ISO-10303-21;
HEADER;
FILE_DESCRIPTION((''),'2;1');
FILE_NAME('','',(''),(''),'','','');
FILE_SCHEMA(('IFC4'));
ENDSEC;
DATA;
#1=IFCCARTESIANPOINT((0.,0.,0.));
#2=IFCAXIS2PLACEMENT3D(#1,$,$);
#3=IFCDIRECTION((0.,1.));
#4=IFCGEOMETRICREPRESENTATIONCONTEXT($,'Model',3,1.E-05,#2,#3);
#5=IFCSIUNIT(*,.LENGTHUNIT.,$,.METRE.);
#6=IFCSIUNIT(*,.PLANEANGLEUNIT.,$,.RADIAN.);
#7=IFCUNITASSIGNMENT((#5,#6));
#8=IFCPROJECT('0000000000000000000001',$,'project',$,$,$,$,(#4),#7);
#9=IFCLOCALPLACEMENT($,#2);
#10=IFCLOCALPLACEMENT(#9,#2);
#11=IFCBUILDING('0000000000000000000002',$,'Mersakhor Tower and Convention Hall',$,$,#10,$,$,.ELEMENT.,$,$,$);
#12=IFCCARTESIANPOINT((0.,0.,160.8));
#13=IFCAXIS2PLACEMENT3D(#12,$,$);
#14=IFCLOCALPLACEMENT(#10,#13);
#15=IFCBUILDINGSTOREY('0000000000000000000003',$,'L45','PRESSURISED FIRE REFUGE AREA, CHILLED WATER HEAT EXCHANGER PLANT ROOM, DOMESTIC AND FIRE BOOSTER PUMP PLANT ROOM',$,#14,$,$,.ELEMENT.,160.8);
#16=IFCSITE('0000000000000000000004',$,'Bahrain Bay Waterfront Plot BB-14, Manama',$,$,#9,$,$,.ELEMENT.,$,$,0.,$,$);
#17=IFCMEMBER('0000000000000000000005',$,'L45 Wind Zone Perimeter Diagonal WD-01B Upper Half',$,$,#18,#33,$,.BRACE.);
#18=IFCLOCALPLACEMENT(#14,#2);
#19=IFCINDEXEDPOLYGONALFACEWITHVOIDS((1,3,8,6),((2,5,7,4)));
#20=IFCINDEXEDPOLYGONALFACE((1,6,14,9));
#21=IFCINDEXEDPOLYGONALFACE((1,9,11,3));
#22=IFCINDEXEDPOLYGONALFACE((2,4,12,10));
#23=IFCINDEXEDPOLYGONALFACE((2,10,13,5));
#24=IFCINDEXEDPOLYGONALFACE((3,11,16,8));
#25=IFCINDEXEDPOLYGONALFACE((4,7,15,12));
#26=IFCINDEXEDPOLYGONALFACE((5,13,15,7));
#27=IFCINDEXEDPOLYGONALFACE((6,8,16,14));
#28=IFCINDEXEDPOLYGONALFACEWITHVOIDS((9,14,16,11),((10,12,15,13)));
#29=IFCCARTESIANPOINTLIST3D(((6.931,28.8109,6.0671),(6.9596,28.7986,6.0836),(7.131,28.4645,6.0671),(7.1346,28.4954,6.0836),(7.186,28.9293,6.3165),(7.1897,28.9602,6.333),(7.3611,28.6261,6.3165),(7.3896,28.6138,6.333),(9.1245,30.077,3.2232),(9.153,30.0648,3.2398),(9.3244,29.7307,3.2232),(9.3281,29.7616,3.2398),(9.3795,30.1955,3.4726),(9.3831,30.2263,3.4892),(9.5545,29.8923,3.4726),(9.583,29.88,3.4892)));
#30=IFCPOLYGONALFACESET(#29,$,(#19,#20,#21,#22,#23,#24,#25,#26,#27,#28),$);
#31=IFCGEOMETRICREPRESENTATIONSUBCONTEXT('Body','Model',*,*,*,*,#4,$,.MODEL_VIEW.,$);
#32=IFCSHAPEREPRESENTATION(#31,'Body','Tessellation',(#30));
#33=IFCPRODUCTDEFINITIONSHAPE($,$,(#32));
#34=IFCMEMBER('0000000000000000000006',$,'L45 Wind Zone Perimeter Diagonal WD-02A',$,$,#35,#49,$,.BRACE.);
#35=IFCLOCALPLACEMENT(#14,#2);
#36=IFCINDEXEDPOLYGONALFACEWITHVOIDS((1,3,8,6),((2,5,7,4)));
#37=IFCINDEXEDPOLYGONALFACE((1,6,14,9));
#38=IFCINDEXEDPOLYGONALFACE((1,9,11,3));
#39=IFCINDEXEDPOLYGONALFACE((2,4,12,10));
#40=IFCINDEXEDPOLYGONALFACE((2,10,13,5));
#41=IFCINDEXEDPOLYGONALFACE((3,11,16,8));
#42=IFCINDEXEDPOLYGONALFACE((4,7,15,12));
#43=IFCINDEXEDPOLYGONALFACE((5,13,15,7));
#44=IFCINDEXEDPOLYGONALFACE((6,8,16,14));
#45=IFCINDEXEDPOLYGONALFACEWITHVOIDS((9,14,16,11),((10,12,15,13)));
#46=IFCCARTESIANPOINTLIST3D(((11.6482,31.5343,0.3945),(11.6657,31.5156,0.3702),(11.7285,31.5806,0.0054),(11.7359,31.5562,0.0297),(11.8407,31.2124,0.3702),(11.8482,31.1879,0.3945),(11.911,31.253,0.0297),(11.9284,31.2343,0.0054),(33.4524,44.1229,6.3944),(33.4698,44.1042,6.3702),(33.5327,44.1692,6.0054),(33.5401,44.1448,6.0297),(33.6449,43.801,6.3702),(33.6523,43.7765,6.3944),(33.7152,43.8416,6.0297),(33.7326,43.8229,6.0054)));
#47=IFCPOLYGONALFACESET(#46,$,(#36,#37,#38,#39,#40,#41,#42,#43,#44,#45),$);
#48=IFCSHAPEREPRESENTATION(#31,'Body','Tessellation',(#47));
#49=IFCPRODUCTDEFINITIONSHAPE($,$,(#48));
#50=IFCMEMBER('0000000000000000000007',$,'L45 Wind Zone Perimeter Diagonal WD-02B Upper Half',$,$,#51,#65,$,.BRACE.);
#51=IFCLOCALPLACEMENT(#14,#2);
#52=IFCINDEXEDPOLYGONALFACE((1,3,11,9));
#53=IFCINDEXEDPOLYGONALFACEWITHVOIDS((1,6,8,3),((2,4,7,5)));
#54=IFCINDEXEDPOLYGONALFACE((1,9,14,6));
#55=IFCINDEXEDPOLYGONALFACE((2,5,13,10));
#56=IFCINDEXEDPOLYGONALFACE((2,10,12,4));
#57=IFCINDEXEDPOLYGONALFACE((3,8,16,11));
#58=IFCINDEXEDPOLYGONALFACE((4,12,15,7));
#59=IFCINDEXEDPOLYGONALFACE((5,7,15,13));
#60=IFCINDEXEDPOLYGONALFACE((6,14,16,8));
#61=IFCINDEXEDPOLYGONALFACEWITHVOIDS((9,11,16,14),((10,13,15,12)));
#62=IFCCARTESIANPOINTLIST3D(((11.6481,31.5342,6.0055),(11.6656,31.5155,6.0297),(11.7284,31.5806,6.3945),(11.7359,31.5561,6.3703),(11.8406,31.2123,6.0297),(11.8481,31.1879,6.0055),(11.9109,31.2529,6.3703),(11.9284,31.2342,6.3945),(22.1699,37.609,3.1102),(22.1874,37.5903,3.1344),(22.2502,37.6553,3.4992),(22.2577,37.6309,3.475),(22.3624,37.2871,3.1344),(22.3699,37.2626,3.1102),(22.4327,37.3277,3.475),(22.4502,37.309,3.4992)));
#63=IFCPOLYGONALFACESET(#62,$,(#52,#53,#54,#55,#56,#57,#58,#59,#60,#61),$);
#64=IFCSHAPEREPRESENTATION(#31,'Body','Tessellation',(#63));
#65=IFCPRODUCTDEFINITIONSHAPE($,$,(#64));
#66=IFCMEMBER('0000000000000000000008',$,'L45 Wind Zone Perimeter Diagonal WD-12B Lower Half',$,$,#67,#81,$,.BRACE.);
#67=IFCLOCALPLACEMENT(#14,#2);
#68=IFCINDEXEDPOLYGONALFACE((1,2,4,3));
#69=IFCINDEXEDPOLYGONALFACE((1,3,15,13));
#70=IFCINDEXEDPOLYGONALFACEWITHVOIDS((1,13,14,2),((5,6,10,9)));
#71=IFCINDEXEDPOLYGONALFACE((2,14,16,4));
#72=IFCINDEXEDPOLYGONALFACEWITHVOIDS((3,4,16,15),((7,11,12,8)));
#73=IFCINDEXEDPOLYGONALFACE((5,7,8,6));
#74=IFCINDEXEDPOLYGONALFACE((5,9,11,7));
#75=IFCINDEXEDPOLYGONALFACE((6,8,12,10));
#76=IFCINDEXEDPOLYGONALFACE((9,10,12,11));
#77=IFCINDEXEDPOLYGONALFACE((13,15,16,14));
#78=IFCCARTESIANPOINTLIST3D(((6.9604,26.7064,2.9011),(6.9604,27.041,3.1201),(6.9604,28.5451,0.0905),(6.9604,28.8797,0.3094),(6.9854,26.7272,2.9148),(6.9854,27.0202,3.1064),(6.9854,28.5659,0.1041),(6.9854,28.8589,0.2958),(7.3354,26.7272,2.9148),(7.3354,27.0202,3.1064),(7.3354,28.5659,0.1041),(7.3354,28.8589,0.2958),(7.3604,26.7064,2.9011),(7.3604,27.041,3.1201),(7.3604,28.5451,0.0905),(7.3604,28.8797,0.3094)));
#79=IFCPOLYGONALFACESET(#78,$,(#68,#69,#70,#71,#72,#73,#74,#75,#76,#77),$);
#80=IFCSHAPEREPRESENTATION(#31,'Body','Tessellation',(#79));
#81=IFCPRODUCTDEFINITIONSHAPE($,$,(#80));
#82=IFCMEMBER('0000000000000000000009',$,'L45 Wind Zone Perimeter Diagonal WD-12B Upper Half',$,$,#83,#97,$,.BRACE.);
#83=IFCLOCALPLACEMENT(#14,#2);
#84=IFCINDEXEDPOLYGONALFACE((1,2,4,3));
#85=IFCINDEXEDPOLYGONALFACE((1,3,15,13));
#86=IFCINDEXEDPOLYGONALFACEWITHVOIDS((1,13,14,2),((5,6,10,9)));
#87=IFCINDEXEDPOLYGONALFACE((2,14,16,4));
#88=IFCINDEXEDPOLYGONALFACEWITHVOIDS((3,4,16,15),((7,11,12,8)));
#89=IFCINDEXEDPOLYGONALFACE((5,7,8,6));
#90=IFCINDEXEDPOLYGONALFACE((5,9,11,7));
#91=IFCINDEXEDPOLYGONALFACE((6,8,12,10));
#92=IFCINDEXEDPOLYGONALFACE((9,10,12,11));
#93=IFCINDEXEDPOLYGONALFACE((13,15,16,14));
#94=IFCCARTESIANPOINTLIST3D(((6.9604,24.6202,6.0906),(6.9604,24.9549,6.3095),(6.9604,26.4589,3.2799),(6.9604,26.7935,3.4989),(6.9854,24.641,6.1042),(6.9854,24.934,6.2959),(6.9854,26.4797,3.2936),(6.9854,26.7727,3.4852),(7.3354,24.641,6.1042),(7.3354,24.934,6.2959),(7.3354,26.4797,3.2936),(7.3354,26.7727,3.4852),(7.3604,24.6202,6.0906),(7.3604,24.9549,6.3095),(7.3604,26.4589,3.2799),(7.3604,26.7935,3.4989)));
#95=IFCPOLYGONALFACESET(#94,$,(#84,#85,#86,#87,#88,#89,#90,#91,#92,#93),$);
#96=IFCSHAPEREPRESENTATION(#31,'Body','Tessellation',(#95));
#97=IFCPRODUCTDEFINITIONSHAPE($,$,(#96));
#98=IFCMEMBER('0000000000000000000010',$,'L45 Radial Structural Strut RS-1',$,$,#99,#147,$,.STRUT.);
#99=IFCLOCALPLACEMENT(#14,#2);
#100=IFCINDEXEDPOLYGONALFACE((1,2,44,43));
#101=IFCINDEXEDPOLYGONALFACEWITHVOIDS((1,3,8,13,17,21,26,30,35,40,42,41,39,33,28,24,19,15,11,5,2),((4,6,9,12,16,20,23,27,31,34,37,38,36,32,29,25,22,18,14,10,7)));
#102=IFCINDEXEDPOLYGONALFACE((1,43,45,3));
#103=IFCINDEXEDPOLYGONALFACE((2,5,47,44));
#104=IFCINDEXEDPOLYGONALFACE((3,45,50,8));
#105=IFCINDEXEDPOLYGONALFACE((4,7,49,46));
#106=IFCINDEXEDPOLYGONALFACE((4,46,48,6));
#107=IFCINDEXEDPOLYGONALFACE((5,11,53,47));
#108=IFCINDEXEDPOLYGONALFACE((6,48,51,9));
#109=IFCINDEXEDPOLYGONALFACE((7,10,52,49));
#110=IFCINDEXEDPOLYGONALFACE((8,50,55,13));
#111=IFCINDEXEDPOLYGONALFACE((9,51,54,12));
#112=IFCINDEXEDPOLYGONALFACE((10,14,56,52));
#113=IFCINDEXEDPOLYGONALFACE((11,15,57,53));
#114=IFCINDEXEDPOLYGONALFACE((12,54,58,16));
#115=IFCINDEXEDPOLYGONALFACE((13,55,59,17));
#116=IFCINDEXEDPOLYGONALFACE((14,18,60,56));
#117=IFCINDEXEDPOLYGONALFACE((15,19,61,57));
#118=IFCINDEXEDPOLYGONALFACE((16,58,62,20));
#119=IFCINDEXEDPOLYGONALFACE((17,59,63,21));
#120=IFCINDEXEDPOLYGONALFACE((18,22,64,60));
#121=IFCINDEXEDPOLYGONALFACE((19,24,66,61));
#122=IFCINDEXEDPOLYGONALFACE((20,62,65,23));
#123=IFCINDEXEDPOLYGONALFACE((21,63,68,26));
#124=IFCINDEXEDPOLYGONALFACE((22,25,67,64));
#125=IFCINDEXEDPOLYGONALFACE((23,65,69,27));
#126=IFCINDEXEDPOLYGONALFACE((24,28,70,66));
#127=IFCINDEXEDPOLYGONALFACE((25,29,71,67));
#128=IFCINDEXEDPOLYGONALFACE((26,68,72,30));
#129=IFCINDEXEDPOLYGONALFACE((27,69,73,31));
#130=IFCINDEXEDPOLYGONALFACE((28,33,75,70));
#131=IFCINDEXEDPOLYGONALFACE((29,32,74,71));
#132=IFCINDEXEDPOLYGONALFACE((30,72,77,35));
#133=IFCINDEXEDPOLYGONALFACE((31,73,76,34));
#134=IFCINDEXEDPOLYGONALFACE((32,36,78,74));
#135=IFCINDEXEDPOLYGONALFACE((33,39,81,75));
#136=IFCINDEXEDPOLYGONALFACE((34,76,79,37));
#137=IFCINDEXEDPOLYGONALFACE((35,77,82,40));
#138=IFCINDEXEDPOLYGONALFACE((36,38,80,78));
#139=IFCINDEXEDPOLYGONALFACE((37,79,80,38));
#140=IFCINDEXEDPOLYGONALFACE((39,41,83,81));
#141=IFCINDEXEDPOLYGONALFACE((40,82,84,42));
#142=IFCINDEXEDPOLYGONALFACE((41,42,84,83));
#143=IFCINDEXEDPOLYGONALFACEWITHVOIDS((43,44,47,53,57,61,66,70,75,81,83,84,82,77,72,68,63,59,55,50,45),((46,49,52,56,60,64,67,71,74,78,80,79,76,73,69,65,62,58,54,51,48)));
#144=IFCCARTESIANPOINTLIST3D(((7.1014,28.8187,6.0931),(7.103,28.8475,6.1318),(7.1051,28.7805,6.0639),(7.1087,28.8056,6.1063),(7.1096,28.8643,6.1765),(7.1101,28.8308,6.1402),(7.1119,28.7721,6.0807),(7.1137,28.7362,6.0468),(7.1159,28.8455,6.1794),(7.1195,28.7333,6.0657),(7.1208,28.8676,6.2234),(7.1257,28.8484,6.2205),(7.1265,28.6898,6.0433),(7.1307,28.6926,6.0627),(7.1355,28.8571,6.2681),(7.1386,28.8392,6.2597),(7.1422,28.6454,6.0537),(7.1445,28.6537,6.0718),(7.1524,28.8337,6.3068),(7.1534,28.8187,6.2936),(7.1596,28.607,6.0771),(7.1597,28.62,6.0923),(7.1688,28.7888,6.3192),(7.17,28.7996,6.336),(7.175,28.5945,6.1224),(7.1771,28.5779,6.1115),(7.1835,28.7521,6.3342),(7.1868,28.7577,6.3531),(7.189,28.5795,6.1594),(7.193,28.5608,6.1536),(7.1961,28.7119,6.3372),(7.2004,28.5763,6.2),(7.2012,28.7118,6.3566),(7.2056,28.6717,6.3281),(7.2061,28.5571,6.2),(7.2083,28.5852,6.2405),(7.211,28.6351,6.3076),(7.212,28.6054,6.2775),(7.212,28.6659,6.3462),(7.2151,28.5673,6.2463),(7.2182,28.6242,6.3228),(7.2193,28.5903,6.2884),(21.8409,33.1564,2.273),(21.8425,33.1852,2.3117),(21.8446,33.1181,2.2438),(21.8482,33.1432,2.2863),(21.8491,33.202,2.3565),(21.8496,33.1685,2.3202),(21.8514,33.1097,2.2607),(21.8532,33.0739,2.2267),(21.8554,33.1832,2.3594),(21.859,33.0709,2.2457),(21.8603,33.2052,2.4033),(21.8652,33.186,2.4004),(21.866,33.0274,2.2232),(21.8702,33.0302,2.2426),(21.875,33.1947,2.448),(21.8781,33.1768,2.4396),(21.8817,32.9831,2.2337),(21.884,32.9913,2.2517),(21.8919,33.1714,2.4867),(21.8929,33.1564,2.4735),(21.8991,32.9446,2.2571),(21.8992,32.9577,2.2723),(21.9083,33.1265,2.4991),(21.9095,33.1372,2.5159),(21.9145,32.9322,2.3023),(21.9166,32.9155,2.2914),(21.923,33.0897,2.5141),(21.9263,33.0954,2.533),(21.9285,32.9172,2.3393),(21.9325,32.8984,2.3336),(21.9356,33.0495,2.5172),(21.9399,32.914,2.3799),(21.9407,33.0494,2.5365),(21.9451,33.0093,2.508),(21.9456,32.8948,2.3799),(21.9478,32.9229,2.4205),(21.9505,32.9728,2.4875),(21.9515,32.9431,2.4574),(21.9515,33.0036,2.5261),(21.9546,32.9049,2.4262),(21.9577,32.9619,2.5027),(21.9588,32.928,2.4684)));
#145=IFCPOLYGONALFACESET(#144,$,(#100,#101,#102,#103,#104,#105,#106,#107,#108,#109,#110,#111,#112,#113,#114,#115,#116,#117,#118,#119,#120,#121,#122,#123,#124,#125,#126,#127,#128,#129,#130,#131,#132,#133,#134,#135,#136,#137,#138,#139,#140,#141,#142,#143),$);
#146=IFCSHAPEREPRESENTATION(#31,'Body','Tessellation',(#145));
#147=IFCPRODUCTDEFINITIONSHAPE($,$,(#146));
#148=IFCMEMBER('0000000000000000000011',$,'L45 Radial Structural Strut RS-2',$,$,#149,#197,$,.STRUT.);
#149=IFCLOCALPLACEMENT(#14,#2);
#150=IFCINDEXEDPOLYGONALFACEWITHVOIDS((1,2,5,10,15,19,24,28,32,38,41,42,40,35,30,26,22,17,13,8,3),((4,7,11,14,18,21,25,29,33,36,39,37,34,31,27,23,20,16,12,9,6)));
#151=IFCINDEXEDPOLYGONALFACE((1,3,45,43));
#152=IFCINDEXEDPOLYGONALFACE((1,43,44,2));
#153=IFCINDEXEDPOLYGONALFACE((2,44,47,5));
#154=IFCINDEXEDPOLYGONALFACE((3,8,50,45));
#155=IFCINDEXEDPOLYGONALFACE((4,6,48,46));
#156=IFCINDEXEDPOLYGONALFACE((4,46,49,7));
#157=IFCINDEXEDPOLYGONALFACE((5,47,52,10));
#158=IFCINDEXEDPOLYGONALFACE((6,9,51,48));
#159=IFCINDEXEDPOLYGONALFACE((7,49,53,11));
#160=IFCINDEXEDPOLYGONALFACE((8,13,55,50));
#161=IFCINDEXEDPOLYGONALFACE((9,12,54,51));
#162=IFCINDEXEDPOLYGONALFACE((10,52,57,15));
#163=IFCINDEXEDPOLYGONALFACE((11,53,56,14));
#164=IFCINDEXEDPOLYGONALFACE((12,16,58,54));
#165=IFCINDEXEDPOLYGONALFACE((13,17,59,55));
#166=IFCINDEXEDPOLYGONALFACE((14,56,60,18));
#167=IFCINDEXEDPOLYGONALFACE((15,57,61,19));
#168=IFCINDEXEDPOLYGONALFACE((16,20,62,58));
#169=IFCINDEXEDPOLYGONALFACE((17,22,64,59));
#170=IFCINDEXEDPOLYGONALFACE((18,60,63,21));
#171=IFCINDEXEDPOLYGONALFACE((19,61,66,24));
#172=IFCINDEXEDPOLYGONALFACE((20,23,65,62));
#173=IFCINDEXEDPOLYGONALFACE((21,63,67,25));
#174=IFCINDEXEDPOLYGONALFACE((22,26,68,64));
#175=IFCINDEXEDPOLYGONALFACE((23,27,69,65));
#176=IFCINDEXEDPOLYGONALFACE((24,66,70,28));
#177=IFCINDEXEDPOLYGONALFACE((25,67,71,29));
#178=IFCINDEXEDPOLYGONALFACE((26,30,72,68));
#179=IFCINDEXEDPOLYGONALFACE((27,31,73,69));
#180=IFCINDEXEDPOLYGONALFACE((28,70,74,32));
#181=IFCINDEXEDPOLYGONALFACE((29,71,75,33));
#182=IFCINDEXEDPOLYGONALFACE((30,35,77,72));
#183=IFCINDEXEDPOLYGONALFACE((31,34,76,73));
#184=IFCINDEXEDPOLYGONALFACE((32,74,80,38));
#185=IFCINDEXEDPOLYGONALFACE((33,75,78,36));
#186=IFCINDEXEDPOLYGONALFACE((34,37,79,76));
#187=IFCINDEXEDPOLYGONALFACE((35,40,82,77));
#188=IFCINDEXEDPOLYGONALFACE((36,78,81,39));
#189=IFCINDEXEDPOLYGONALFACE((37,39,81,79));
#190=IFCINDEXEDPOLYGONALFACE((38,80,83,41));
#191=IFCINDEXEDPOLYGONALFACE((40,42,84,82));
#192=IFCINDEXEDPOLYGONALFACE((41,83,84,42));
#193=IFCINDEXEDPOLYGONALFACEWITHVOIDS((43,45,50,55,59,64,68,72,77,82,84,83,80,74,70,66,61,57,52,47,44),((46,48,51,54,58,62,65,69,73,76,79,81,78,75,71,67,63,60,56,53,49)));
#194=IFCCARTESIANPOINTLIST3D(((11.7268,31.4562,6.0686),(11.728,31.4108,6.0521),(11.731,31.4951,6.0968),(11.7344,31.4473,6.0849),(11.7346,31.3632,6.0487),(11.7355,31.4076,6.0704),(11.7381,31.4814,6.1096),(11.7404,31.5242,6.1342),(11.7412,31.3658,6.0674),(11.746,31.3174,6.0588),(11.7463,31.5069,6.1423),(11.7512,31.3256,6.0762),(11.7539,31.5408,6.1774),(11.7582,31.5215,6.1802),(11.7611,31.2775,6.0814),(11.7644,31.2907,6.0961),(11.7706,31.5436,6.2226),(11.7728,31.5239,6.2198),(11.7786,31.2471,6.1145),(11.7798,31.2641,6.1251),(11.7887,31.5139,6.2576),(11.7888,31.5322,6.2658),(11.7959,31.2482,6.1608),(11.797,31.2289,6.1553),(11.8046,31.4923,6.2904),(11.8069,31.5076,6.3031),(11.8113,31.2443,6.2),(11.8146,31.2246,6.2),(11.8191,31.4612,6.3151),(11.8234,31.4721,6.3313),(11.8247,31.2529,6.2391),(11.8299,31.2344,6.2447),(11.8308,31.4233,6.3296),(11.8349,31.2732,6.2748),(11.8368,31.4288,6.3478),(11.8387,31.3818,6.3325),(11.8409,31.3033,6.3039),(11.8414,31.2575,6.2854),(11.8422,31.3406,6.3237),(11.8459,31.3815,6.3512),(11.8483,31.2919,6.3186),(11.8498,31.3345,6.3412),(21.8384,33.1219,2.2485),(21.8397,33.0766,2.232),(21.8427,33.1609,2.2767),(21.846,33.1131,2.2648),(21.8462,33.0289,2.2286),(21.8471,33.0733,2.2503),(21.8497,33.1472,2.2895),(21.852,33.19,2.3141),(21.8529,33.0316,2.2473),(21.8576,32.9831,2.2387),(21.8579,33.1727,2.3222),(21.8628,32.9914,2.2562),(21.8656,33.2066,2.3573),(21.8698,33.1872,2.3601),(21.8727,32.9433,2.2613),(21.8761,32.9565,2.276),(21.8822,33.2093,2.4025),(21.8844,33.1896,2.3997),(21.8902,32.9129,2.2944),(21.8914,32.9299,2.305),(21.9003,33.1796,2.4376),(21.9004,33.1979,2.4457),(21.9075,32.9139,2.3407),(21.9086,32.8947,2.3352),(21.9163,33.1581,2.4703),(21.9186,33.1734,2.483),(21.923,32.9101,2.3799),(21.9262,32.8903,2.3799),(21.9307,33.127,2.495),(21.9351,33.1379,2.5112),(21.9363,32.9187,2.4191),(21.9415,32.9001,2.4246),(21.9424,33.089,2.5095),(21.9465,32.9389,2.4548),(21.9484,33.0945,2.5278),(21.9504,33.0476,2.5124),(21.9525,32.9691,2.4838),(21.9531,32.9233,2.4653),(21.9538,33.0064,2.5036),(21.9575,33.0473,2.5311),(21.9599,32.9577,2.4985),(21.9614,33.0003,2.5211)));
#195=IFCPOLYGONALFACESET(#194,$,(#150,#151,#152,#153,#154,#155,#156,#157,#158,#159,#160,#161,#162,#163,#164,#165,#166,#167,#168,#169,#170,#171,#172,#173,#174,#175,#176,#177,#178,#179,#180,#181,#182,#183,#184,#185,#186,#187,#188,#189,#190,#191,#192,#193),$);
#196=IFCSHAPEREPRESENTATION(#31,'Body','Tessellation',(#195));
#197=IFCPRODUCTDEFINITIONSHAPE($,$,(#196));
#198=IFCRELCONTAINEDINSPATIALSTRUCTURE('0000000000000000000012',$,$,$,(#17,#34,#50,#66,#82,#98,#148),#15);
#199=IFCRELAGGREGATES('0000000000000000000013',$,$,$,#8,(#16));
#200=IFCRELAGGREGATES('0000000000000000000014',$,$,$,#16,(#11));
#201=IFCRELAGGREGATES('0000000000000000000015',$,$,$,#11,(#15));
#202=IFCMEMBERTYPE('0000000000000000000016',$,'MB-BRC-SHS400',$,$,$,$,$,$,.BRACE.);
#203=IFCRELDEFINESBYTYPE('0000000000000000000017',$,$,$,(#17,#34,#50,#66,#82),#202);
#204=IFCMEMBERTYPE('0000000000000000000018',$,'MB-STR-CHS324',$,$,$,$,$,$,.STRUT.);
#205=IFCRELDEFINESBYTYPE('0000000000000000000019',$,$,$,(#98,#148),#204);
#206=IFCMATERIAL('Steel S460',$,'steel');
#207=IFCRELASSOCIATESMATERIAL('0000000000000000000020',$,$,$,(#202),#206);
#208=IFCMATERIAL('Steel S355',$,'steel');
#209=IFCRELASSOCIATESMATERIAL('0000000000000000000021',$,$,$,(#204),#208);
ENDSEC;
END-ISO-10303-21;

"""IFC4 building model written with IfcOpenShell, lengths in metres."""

from ifc_helpers import new_model, si_unit, direction, frame, origin, origin_2d, place, context, subcontext, project, spatial, hollow_rectangle, hollow_circle, extrude, material, material_profile, profile_set, type_object, element, save


model = new_model("IFC4")

# Units and contexts
model_context = context("Model", 3, precision=1e-05, world=origin(), true_north=direction((0.0, 1.0)))
body_context = subcontext(model_context, "Body", "Model", "MODEL_VIEW")
ifc_project = project(units=[si_unit("LENGTHUNIT", "METRE"), si_unit("PLANEANGLEUNIT", "RADIAN")], contexts=[model_context])

# Site, building, storey
site_placement = place(None, origin())
site = spatial("IfcSite", under=ifc_project, at=site_placement, Name="Bahrain Bay Waterfront Plot BB-14, Manama", CompositionType="ELEMENT", RefElevation=0.0)
building_placement = place(site_placement, origin())
building = spatial("IfcBuilding", under=site, at=building_placement, Name="Mersakhor Tower and Convention Hall", CompositionType="ELEMENT")
storey_placement = place(building_placement, frame((0.0, 0.0, 160.8)))
storey = spatial("IfcBuildingStorey", under=building, at=storey_placement, Name="L45", Description="PRESSURISED FIRE REFUGE AREA, CHILLED WATER HEAT EXCHANGER PLANT ROOM, DOMESTIC AND FIRE BOOSTER PUMP PLANT ROOM", CompositionType="ELEMENT", Elevation=160.8)

# Members
ifc_material_1 = material(Name="Steel S460", Category="steel")
ifc_material_profile_1 = material_profile(ifc_material_1, hollow_rectangle(XDim=0.3999, YDim=0.3999, WallThickness=0.0249, at=origin_2d()), Name="SHS 400x400x25")
ifc_profile_set_1 = profile_set([ifc_material_profile_1], Name="Steel S460")
member_type_1 = type_object("IfcMemberType", Name="MB-BRC-SHS400", PredefinedType="BRACE", material=ifc_profile_set_1)
for number, where, z_axis, x_axis, name in (
    (1, (9.3538, 29.9785, 3.3562), (-0.575989, -0.332489, 0.746785), (0.499934, -0.866064, 0.0), "L45 Wind Zone Perimeter Diagonal WD-01B Upper Half"),
):
    element("IfcMember", number, at=place(storey_placement, frame(where, z_axis=z_axis, x_axis=x_axis)), inside=storey, type_object=member_type_1, Name=name, PredefinedType="BRACE", context=body_context, shape_type="SweptSolid", body=[
        extrude(hollow_rectangle(XDim=0.3999, YDim=0.3999, WallThickness=0.0249, at=origin_2d()), origin(), (0.0, 0.0, 1.0), 3.8081),
    ])
member_1_placement = place(storey_placement, frame((11.7883, 31.3843, 0.2), z_axis=(0.842435, 0.486378, 0.231818), x_axis=(-0.499999, 0.866026, 0.0)))
element("IfcMember", 2, at=member_1_placement, inside=storey, type_object=member_type_1, Name="L45 Wind Zone Perimeter Diagonal WD-02A", PredefinedType="BRACE", context=body_context, shape_type="SweptSolid", body=[
    extrude(hollow_rectangle(XDim=0.3999, YDim=0.3999, WallThickness=0.0249, at=origin_2d()), origin(), (0.0, 0.0, 1.0), 25.8823),
])
member_2_placement = place(storey_placement, frame((22.3101, 37.459, 3.3047), z_axis=(-0.842436, -0.486379, 0.231813), x_axis=(0.499999, -0.866026, 0.0)))
element("IfcMember", 3, at=member_2_placement, inside=storey, type_object=member_type_1, Name="L45 Wind Zone Perimeter Diagonal WD-02B Upper Half", PredefinedType="BRACE", context=body_context, shape_type="SweptSolid", body=[
    extrude(hollow_rectangle(XDim=0.3999, YDim=0.3999, WallThickness=0.0249, at=origin_2d()), origin(), (0.0, 0.0, 1.0), 12.4897),
])
for number, where, z_axis, x_axis, name in (
    (4, (7.1604, 28.7124, 0.2), (0.0, -0.547449, 0.836839), (1.0, 0.0, 0.0), "L45 Wind Zone Perimeter Diagonal WD-12B Lower Half"),
    (5, (7.1604, 26.6262, 3.3894), (0.0, -0.547449, 0.836839), (1.0, 0.0, 0.0), "L45 Wind Zone Perimeter Diagonal WD-12B Upper Half"),
):
    element("IfcMember", number, at=place(storey_placement, frame(where, z_axis=z_axis, x_axis=x_axis)), inside=storey, type_object=member_type_1, Name=name, PredefinedType="BRACE", context=body_context, shape_type="SweptSolid", body=[
        extrude(hollow_rectangle(XDim=0.3999, YDim=0.3999, WallThickness=0.0249, at=origin_2d()), origin(), (0.0, 0.0, 1.0), 3.3586),
    ])
ifc_material_2 = material(Name="Steel S355", Category="steel")
ifc_material_profile_2 = material_profile(ifc_material_2, hollow_circle(Radius=0.1619, WallThickness=0.02, at=origin_2d()), Name="CHS 323.9x20")
ifc_profile_set_2 = profile_set([ifc_material_profile_2], Name="Steel S355")
member_type_2 = type_object("IfcMemberType", Name="MB-STR-CHS324", PredefinedType="STRUT", material=ifc_profile_set_2)
member_3_placement = place(storey_placement, frame((21.8999, 33.05, 2.3799), z_axis=(-0.930978, -0.273975, 0.241284), x_axis=(0.282316, -0.959321, 0.0)))
element("IfcMember", 6, at=member_3_placement, inside=storey, type_object=member_type_2, Name="L45 Radial Structural Strut RS-1", PredefinedType="STRUT", context=body_context, shape_type="SweptSolid", body=[
    extrude(hollow_circle(Radius=0.1619, WallThickness=0.02, at=origin_2d()), origin(), (0.0, 0.0, 1.0), 15.8323),
])
member_4_placement = place(storey_placement, frame((21.8999, 33.05, 2.3799), z_axis=(-0.924553, -0.15231, 0.349289), x_axis=(0.162548, -0.986701, 0.0)))
element("IfcMember", 7, at=member_4_placement, inside=storey, type_object=member_type_2, Name="L45 Radial Structural Strut RS-2", PredefinedType="STRUT", context=body_context, shape_type="SweptSolid", body=[
    extrude(hollow_circle(Radius=0.1619, WallThickness=0.02, at=origin_2d()), origin(), (0.0, 0.0, 1.0), 10.9368),
])

save(model, "model.ifc")
